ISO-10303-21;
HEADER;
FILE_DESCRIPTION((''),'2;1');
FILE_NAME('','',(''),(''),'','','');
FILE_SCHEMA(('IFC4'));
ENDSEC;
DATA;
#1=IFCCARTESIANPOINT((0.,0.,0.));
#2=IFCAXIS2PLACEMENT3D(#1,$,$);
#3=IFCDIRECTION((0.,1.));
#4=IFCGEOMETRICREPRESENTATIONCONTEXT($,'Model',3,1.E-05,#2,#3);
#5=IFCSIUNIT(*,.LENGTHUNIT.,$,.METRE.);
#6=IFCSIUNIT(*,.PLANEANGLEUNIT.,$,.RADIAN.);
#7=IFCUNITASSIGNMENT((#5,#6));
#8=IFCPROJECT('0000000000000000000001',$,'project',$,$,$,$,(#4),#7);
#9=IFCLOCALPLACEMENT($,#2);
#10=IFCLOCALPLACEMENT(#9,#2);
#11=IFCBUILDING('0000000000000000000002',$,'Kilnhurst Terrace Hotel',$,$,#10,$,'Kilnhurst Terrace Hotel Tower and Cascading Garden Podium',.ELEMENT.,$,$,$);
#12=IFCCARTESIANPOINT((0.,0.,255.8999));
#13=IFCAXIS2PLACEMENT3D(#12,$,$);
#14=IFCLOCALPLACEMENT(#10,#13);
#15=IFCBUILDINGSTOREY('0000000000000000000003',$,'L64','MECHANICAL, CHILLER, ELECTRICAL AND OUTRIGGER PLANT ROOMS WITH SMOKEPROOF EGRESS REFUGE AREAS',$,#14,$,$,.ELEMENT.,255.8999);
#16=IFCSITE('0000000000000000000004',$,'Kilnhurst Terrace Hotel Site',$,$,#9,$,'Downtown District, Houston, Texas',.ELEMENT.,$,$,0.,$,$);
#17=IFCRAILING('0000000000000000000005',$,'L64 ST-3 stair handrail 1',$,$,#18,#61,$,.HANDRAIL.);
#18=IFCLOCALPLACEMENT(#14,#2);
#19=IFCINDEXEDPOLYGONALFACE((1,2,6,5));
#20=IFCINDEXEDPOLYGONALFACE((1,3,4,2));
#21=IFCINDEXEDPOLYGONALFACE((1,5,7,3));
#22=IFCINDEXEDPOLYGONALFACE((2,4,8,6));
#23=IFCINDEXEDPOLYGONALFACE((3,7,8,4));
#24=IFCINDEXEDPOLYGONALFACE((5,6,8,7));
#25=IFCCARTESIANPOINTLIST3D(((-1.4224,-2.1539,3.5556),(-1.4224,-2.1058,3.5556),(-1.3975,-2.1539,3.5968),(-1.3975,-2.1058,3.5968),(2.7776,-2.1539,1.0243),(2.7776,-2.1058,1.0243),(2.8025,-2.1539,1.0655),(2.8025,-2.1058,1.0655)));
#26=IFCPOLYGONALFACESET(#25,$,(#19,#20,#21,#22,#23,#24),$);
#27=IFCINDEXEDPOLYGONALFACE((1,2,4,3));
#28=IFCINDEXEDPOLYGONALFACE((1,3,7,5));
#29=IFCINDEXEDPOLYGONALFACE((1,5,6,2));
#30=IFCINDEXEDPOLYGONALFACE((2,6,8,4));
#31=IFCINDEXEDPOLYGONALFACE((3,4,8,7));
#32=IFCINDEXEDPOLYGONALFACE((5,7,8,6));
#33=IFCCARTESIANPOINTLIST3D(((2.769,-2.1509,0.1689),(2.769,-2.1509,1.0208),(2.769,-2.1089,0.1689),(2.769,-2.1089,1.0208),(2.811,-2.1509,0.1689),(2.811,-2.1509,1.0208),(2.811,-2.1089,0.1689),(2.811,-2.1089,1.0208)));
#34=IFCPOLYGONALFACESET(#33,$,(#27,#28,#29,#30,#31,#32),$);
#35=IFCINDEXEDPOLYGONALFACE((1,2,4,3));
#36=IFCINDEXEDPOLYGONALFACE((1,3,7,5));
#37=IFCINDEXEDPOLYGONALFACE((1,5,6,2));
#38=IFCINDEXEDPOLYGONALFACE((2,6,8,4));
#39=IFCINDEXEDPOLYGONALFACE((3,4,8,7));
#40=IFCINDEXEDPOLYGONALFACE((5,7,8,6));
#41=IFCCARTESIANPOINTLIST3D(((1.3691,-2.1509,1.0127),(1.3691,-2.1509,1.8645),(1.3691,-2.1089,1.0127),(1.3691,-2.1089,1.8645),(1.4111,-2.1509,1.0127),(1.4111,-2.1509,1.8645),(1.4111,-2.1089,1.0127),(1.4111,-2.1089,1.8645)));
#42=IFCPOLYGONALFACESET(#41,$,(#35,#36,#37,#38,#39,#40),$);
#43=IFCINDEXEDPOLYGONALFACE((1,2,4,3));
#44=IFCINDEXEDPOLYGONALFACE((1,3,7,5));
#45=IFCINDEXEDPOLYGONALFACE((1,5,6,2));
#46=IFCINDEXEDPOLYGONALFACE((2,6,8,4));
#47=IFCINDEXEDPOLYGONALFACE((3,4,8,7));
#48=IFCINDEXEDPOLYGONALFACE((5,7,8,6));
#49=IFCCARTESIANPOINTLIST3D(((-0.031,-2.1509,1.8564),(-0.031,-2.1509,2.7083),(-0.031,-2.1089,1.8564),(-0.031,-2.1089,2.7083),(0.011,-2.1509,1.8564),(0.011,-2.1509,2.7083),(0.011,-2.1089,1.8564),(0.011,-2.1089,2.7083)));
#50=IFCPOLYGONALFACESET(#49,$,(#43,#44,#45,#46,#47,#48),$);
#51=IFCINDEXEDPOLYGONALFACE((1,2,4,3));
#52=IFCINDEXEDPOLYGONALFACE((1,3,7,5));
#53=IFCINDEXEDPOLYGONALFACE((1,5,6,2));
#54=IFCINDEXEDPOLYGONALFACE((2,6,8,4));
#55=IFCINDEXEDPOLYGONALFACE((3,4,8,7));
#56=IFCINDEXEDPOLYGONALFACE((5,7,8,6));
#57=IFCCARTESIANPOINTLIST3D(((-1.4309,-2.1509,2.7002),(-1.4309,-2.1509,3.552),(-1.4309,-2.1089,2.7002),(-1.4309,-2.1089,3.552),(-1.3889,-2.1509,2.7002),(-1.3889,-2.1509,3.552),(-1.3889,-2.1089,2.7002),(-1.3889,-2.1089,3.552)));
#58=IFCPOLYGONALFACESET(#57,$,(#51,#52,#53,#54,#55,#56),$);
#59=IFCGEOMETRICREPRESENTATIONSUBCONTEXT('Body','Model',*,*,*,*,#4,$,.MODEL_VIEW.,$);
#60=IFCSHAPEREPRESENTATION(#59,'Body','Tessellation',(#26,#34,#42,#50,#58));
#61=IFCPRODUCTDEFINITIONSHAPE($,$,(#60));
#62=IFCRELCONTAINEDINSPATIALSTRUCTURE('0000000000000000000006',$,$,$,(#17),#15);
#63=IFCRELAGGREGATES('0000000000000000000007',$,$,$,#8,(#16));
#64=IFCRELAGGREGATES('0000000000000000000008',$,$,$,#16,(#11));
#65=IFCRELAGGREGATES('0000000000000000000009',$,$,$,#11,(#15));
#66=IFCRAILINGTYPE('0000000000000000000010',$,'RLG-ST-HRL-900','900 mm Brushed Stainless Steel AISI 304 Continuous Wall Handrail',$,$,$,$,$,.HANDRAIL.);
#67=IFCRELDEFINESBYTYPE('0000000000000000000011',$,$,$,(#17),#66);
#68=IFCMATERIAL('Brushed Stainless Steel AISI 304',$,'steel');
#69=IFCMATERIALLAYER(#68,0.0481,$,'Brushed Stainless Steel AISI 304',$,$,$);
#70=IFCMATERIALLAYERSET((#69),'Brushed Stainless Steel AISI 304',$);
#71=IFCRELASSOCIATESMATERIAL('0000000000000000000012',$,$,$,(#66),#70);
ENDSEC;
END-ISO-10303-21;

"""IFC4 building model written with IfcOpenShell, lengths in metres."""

from ifc_helpers import new_model, si_unit, direction, frame, origin, origin_2d, place, context, subcontext, project, spatial, rectangle, extrude, material, layer, layer_set, type_object, element, save


model = new_model("IFC4")

# Units and contexts
model_context = context("Model", 3, precision=1e-05, world=origin(), true_north=direction((0.0, 1.0)))
body_context = subcontext(model_context, "Body", "Model", "MODEL_VIEW")
ifc_project = project(units=[si_unit("LENGTHUNIT", "METRE"), si_unit("PLANEANGLEUNIT", "RADIAN")], contexts=[model_context])

# Site, building, storey
site_placement = place(None, origin())
site = spatial("IfcSite", under=ifc_project, at=site_placement, Name="Kilnhurst Terrace Hotel Site", LongName="Downtown District, Houston, Texas", CompositionType="ELEMENT", RefElevation=0.0)
building_placement = place(site_placement, origin())
building = spatial("IfcBuilding", under=site, at=building_placement, Name="Kilnhurst Terrace Hotel", LongName="Kilnhurst Terrace Hotel Tower and Cascading Garden Podium", CompositionType="ELEMENT")
storey_placement = place(building_placement, frame((0.0, 0.0, 255.8999)))
storey = spatial("IfcBuildingStorey", under=building, at=storey_placement, Name="L64", Description="MECHANICAL, CHILLER, ELECTRICAL AND OUTRIGGER PLANT ROOMS WITH SMOKEPROOF EGRESS REFUGE AREAS", CompositionType="ELEMENT", Elevation=255.8999)

# Railing
ifc_material_1 = material(Name="Brushed Stainless Steel AISI 304", Category="steel")
ifc_layer_1 = layer(ifc_material_1, 0.0481, Name="Brushed Stainless Steel AISI 304")
ifc_layer_set_1 = layer_set([ifc_layer_1], Name="Brushed Stainless Steel AISI 304")
railing_type_1 = type_object("IfcRailingType", Name="RLG-ST-HRL-900", Description="900 mm Brushed Stainless Steel AISI 304 Continuous Wall Handrail", PredefinedType="HANDRAIL", material=ifc_layer_set_1)
railing_1_placement = place(storey_placement, frame((2.79, -2.1299, 0.1689)))
element("IfcRailing", 1, at=railing_1_placement, inside=storey, type_object=railing_type_1, Name="L64 ST-3 stair handrail 1", PredefinedType="HANDRAIL", context=body_context, shape_type="SweptSolid", body=[
    extrude(rectangle(XDim=0.0481, YDim=0.0481, at=origin_2d()), frame((0.0, 0.0, 0.876), z_axis=(-0.856476, 0.0, 0.516186), x_axis=(0.0, -1.0, 0.0)), (0.0, 0.0, 1.0), 4.9038),
    extrude(rectangle(XDim=0.042, YDim=0.042, at=origin_2d()), origin(), (0.0, 0.0, 1.0), 0.8518),
    extrude(rectangle(XDim=0.042, YDim=0.042, at=origin_2d()), frame((-1.3999, 0.0, 0.8438)), (0.0, 0.0, 1.0), 0.8518),
    extrude(rectangle(XDim=0.042, YDim=0.042, at=origin_2d()), frame((-2.8, 0.0, 1.6875)), (0.0, 0.0, 1.0), 0.8518),
    extrude(rectangle(XDim=0.042, YDim=0.042, at=origin_2d()), frame((-4.2, 0.0, 2.5312)), (0.0, 0.0, 1.0), 0.8518),
])

save(model, "model.ifc")
